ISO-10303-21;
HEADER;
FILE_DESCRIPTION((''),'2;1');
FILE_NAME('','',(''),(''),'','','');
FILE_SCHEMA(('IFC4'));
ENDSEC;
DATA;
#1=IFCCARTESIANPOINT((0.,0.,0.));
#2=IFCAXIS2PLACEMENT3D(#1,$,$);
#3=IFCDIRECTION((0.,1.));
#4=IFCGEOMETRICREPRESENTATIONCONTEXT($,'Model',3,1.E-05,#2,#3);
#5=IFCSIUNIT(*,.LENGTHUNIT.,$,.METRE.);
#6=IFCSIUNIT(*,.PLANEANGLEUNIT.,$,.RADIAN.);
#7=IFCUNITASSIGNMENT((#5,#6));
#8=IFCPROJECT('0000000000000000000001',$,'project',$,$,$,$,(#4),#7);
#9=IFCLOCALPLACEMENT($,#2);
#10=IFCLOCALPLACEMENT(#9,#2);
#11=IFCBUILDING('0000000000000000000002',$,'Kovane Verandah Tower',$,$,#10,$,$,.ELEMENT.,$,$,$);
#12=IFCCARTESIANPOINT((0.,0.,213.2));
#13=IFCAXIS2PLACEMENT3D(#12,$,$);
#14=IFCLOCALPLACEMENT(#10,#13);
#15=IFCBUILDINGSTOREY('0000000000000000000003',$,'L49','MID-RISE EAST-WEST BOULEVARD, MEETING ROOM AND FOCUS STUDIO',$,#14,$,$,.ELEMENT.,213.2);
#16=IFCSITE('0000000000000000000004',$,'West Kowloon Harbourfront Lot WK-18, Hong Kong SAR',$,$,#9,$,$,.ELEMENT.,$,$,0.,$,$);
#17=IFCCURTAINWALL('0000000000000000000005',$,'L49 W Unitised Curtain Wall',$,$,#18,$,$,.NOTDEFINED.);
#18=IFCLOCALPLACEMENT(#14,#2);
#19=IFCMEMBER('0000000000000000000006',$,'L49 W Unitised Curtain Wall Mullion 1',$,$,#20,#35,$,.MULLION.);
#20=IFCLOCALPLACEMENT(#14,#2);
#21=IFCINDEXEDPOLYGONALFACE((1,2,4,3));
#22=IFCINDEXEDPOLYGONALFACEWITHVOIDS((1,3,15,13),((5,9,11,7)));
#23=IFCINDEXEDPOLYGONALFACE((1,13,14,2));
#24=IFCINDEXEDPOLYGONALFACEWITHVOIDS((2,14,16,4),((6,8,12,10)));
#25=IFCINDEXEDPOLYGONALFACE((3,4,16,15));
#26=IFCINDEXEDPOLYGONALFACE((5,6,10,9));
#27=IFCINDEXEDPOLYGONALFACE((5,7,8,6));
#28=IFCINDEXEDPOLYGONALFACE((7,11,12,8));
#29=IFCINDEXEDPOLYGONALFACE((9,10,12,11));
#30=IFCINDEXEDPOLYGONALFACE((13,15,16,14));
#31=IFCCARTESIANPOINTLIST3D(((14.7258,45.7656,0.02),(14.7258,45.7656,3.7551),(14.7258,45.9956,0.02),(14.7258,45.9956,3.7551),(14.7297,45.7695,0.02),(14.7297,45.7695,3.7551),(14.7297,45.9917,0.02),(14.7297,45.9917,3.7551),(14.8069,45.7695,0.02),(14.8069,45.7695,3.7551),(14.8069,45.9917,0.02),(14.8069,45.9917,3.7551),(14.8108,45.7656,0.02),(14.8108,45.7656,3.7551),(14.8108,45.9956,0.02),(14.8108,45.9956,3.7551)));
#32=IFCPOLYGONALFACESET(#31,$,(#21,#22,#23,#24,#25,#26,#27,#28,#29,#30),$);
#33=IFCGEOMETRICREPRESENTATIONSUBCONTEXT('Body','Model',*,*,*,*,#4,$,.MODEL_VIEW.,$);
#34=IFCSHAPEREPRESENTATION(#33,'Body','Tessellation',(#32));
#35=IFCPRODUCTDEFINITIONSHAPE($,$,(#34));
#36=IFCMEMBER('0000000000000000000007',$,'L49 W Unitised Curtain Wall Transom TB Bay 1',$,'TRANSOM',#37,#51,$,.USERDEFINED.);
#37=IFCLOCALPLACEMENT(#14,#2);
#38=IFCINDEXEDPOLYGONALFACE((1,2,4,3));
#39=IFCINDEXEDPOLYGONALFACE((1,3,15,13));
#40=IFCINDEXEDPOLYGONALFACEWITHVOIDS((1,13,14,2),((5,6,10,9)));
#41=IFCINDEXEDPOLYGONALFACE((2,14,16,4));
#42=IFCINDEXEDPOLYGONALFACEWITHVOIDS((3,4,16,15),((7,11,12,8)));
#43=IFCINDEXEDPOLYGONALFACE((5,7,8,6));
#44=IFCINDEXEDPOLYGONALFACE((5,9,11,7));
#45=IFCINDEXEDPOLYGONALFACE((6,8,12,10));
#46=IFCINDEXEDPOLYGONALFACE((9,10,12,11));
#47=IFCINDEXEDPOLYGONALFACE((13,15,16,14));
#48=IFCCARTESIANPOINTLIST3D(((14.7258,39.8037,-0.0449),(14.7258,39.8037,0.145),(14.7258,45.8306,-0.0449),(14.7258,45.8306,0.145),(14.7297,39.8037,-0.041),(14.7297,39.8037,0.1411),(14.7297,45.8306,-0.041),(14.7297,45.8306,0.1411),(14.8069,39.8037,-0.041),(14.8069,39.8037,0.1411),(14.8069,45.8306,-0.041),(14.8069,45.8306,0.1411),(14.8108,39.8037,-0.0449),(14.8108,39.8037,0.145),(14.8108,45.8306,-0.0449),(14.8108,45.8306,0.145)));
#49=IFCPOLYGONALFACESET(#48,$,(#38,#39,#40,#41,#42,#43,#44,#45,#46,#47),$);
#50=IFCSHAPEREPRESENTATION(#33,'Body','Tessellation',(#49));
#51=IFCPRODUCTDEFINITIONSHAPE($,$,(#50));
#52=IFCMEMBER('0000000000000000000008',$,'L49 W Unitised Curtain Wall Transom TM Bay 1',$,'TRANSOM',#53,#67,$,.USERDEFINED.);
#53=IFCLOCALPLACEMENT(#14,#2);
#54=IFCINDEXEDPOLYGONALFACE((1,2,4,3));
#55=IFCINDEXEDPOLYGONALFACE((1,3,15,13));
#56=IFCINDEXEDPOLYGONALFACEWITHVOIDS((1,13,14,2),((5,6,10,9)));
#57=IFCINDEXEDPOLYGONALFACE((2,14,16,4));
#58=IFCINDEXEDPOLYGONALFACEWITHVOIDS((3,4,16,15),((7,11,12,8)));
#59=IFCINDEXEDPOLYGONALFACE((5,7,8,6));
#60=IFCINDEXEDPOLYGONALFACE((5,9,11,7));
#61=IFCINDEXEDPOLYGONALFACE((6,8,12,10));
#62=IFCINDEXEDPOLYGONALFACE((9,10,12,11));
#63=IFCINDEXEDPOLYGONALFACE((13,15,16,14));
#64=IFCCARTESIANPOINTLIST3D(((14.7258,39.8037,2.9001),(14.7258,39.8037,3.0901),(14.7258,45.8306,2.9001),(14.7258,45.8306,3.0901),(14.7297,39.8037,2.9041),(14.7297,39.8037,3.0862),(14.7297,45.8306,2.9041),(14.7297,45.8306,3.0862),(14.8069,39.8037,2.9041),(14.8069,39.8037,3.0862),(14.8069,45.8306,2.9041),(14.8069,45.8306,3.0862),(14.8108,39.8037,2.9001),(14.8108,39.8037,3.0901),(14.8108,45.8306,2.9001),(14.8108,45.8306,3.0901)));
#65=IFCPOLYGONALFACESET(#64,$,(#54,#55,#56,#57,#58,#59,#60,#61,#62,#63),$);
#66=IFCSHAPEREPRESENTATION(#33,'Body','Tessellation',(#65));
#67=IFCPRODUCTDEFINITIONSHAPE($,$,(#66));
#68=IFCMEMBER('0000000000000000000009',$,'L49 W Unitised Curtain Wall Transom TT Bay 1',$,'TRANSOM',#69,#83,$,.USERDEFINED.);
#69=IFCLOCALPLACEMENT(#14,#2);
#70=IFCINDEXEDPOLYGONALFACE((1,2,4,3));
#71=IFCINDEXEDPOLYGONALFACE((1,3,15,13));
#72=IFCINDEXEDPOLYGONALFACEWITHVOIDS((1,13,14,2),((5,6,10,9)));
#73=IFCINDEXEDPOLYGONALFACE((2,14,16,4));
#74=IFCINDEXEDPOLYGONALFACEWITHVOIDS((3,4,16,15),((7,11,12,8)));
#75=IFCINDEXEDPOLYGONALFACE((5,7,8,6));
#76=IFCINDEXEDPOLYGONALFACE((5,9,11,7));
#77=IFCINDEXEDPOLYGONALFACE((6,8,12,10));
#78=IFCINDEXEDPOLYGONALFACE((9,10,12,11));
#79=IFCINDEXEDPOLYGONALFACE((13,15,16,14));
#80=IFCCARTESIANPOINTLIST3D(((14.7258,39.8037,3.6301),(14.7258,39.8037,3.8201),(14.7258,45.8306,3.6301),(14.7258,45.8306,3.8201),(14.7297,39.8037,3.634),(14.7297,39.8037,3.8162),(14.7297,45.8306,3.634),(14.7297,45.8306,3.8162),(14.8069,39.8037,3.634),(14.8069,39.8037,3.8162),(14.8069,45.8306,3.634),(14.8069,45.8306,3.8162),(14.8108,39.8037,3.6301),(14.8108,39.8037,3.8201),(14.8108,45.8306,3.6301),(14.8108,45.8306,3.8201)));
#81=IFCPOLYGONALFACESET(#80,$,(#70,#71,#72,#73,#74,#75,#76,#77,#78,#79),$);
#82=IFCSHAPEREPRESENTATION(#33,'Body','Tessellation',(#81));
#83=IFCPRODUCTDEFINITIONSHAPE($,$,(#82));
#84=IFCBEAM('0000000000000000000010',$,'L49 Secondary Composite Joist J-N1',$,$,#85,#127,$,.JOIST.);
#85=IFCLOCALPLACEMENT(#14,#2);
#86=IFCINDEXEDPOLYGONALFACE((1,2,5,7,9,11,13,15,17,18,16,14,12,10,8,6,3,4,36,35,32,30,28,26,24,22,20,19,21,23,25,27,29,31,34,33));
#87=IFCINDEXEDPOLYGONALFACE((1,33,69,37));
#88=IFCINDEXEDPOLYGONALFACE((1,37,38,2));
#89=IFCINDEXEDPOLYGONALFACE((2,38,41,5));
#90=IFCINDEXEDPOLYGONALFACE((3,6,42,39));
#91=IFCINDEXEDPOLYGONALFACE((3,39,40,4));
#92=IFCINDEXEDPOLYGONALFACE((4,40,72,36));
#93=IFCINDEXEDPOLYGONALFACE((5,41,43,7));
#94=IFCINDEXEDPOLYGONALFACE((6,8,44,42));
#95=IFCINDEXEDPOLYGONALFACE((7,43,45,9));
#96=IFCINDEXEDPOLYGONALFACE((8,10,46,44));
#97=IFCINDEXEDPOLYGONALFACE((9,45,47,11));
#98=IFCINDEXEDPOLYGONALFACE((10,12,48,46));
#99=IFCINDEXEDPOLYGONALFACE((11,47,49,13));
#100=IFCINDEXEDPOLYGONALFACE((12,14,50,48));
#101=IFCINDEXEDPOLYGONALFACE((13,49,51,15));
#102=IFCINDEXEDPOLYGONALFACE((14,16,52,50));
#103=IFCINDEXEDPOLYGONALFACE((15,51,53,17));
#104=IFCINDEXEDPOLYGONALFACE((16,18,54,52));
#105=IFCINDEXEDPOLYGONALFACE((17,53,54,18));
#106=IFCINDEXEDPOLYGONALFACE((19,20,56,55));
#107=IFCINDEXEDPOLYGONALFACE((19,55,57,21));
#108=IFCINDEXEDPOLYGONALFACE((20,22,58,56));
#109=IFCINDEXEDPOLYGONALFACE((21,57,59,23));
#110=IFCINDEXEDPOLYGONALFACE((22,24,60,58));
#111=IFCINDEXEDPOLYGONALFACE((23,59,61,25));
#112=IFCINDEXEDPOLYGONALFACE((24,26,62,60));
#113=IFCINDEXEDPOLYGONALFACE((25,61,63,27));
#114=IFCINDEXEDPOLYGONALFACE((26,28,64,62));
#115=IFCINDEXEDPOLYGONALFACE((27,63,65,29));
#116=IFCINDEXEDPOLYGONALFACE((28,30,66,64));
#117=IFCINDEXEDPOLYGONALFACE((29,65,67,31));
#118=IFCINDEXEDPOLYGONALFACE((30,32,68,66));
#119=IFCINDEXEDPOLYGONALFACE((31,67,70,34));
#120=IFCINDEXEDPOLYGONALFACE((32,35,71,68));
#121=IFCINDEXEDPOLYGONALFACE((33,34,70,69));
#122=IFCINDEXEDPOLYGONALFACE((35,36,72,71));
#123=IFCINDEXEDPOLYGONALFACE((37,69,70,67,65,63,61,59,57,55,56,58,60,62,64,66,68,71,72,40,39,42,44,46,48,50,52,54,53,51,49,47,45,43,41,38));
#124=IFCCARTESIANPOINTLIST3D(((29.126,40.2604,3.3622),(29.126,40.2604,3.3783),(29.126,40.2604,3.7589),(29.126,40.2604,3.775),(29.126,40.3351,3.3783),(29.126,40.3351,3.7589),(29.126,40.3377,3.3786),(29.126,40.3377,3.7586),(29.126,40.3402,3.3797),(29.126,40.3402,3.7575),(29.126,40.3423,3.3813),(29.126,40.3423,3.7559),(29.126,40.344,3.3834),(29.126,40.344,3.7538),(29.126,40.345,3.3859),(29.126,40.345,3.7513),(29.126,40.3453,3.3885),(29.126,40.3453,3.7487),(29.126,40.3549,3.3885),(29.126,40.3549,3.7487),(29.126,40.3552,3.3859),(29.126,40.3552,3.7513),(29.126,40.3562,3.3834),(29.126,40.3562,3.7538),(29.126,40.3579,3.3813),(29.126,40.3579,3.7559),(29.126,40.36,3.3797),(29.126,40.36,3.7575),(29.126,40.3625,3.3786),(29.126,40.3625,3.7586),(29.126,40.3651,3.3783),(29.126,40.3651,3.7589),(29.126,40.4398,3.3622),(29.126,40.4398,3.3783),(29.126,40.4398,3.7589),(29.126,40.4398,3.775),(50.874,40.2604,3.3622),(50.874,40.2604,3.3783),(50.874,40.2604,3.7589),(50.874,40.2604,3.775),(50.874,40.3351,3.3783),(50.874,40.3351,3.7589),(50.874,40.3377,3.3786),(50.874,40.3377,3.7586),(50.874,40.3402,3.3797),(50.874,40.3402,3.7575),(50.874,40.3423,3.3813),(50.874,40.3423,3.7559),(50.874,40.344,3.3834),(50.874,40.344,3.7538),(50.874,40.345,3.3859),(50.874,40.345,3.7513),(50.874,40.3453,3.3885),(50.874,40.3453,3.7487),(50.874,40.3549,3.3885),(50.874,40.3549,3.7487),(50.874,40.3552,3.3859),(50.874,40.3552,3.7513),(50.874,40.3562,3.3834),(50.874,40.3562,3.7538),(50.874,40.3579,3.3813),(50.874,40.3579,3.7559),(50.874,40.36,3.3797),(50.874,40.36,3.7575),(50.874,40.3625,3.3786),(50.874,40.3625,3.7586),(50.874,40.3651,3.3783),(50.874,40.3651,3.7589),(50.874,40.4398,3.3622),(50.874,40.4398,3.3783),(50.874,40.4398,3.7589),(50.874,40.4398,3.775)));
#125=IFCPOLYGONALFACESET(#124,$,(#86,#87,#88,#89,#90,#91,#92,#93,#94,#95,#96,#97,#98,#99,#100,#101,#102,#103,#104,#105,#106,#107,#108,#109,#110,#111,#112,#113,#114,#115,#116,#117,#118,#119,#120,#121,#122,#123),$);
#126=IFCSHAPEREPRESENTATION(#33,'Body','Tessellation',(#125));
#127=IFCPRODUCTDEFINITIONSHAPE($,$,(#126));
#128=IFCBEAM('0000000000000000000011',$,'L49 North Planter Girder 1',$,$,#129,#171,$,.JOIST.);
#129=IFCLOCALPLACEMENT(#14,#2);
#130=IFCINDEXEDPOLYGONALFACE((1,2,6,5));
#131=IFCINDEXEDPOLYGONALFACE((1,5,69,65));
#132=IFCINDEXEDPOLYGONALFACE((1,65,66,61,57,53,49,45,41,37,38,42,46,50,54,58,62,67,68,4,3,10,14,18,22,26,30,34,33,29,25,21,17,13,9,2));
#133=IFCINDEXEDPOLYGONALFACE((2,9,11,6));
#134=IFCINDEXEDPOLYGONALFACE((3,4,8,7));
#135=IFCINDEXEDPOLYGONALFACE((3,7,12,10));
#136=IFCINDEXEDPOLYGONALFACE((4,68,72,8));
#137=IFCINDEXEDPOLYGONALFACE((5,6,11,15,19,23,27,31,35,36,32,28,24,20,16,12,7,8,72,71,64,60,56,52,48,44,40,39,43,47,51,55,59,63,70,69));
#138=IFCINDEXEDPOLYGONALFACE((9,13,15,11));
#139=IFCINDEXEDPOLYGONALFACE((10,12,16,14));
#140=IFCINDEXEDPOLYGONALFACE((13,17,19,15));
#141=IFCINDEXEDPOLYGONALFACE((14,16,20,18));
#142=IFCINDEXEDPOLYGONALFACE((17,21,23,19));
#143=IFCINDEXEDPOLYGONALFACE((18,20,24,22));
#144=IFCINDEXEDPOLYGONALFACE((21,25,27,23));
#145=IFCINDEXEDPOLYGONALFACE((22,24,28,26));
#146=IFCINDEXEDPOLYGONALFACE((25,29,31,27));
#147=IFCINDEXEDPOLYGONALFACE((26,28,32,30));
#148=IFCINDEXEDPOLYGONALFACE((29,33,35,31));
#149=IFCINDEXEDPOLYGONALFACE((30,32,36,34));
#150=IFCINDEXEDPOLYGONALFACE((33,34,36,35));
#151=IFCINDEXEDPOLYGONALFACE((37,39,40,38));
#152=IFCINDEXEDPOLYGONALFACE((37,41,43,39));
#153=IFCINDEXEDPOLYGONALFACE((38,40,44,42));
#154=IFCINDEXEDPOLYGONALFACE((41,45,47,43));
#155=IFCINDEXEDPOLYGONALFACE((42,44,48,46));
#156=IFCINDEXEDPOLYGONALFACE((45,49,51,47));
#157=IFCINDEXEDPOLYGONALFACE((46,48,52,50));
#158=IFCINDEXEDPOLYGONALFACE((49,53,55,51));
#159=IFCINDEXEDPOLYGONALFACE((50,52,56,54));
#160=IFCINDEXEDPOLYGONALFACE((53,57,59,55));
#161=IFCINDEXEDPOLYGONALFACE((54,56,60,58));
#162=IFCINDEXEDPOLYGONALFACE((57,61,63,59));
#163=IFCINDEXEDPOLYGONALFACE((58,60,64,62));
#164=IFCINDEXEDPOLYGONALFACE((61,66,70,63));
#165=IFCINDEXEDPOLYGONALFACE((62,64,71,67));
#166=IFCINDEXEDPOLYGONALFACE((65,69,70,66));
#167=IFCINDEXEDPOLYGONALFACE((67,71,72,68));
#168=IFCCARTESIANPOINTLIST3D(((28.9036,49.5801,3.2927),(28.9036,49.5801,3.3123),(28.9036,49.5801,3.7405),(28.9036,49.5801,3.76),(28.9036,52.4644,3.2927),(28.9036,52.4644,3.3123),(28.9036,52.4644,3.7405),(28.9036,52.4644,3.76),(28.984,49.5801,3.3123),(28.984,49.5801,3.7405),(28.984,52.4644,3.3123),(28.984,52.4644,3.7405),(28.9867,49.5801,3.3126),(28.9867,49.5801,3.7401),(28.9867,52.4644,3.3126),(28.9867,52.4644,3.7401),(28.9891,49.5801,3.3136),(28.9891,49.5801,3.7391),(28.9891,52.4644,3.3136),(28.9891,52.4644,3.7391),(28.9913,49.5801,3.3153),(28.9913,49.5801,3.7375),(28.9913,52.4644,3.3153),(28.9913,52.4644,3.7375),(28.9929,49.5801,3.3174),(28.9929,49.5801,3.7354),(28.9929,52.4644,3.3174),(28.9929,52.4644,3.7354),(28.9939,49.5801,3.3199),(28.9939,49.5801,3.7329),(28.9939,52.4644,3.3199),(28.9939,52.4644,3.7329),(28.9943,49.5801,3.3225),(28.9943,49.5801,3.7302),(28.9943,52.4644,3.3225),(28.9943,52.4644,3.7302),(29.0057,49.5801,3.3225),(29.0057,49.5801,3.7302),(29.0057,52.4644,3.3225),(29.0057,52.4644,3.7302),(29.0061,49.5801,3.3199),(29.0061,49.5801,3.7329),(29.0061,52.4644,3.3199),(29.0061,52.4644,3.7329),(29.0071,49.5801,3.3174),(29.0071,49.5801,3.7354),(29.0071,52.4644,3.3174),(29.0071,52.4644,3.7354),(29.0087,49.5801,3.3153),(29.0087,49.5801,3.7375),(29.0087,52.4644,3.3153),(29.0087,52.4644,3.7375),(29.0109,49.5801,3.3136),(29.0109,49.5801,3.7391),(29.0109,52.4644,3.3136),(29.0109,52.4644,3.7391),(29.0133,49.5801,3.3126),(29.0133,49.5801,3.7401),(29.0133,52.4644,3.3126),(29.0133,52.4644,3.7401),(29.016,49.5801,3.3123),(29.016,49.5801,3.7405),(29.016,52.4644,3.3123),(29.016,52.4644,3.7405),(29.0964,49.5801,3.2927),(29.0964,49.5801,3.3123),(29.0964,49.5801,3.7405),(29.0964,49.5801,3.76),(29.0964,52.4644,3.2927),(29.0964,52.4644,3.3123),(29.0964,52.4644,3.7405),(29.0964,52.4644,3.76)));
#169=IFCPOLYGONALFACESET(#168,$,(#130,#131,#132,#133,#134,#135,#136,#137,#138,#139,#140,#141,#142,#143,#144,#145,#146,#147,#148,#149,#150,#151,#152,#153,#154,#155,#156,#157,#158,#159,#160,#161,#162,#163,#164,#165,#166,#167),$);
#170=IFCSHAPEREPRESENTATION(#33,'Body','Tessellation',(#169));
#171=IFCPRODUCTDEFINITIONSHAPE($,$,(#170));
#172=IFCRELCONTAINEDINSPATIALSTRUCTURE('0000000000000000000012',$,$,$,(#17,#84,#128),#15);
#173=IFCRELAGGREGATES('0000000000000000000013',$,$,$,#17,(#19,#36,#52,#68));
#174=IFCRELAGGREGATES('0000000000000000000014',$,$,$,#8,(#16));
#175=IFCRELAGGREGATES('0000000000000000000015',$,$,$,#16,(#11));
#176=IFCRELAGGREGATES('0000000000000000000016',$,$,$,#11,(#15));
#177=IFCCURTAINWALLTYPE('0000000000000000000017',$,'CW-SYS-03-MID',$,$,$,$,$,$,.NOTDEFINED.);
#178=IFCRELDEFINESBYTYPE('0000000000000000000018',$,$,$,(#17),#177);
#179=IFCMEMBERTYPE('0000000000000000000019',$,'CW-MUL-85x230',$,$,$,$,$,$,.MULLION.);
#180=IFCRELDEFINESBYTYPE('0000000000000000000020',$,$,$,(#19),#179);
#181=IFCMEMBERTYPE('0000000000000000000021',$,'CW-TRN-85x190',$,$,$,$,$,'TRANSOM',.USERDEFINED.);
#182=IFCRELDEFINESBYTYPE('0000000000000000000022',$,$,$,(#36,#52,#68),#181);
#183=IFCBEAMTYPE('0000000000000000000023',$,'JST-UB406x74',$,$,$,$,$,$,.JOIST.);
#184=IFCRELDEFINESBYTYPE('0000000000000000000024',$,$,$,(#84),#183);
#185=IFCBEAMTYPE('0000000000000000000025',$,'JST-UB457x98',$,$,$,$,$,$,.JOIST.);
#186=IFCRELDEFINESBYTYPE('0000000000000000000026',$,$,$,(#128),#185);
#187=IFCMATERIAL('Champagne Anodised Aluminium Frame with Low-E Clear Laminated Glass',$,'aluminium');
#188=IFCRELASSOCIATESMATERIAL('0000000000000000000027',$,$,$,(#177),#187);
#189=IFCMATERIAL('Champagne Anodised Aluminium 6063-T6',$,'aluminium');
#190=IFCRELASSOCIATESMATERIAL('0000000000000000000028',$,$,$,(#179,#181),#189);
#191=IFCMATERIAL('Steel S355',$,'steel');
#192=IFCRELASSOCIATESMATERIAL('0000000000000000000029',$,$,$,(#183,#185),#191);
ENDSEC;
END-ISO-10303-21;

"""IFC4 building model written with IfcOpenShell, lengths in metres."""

from ifc_helpers import new_model, si_unit, direction, frame, origin, origin_2d, place, context, subcontext, project, spatial, hollow_rectangle, i_section, extrude, material, material_profile, profile_set, type_object, element, aggregate, save


model = new_model("IFC4")

# Units and contexts
model_context = context("Model", 3, precision=1e-05, world=origin(), true_north=direction((0.0, 1.0)))
body_context = subcontext(model_context, "Body", "Model", "MODEL_VIEW")
ifc_project = project(units=[si_unit("LENGTHUNIT", "METRE"), si_unit("PLANEANGLEUNIT", "RADIAN")], contexts=[model_context])

# Site, building, storey
site_placement = place(None, origin())
site = spatial("IfcSite", under=ifc_project, at=site_placement, Name="West Kowloon Harbourfront Lot WK-18, Hong Kong SAR", CompositionType="ELEMENT", RefElevation=0.0)
building_placement = place(site_placement, origin())
building = spatial("IfcBuilding", under=site, at=building_placement, Name="Kovane Verandah Tower", CompositionType="ELEMENT")
storey_placement = place(building_placement, frame((0.0, 0.0, 213.2)))
storey = spatial("IfcBuildingStorey", under=building, at=storey_placement, Name="L49", Description="MID-RISE EAST-WEST BOULEVARD, MEETING ROOM AND FOCUS STUDIO", CompositionType="ELEMENT", Elevation=213.2)

# Shared definitions
ifc_material_1 = material(Name="Steel S355", Category="steel")

# Curtain wall, members
ifc_material_2 = material(Name="Champagne Anodised Aluminium Frame with Low-E Clear Laminated Glass", Category="aluminium")
curtain_wall_type = type_object("IfcCurtainWallType", Name="CW-SYS-03-MID", PredefinedType="NOTDEFINED", material=ifc_material_2)
curtain_wall_placement = place(storey_placement, origin())
curtain_wall = element("IfcCurtainWall", 1, at=curtain_wall_placement, inside=storey, type_object=curtain_wall_type, Name="L49 W Unitised Curtain Wall", PredefinedType="NOTDEFINED")
ifc_material_3 = material(Name="Champagne Anodised Aluminium 6063-T6", Category="aluminium")
ifc_material_profile_1 = material_profile(ifc_material_3, hollow_rectangle(XDim=0.085, YDim=0.23, WallThickness=0.0039, at=origin_2d()), Name="AL85x230x4")
ifc_profile_set_1 = profile_set([ifc_material_profile_1], Name="Champagne Anodised Aluminium 6063-T6")
member_type_1 = type_object("IfcMemberType", Name="CW-MUL-85x230", PredefinedType="MULLION", material=ifc_profile_set_1)
member_1_placement = place(storey_placement, frame((14.7683, 45.8806, 0.02), z_axis=(0.0, 0.0, 1.0), x_axis=(-1.0, 0.0, 0.0)))
member_1 = element("IfcMember", 2, at=member_1_placement, type_object=member_type_1, Name="L49 W Unitised Curtain Wall Mullion 1", PredefinedType="MULLION", context=body_context, shape_type="SweptSolid", body=[
    extrude(hollow_rectangle(XDim=0.085, YDim=0.23, WallThickness=0.0039, at=origin_2d()), origin(), (0.0, 0.0, 1.0), 3.7351),
])
ifc_material_profile_2 = material_profile(ifc_material_3, hollow_rectangle(XDim=0.085, YDim=0.1899, WallThickness=0.0039, at=origin_2d()), Name="AL85x190x4")
ifc_profile_set_2 = profile_set([ifc_material_profile_2], Name="Champagne Anodised Aluminium 6063-T6")
member_type_2 = type_object("IfcMemberType", Name="CW-TRN-85x190", ElementType="TRANSOM", PredefinedType="USERDEFINED", material=ifc_profile_set_2)
member_2_placement = place(storey_placement, frame((14.7683, 45.8306, 0.05), z_axis=(0.0, -1.0, 0.0), x_axis=(1.0, 0.0, 0.0)))
member_2 = element("IfcMember", 3, at=member_2_placement, type_object=member_type_2, Name="L49 W Unitised Curtain Wall Transom TB Bay 1", ObjectType="TRANSOM", PredefinedType="USERDEFINED", context=body_context, shape_type="SweptSolid", body=[
    extrude(hollow_rectangle(XDim=0.085, YDim=0.1899, WallThickness=0.0039, at=origin_2d()), origin(), (0.0, 0.0, 1.0), 6.0269),
])
member_3_placement = place(storey_placement, frame((14.7683, 45.8306, 2.9951), z_axis=(0.0, -1.0, 0.0), x_axis=(1.0, 0.0, 0.0)))
member_3 = element("IfcMember", 4, at=member_3_placement, type_object=member_type_2, Name="L49 W Unitised Curtain Wall Transom TM Bay 1", ObjectType="TRANSOM", PredefinedType="USERDEFINED", context=body_context, shape_type="SweptSolid", body=[
    extrude(hollow_rectangle(XDim=0.085, YDim=0.1899, WallThickness=0.0039, at=origin_2d()), origin(), (0.0, 0.0, 1.0), 6.0269),
])
member_4_placement = place(storey_placement, frame((14.7683, 45.8306, 3.7251), z_axis=(0.0, -1.0, 0.0), x_axis=(1.0, 0.0, 0.0)))
member_4 = element("IfcMember", 5, at=member_4_placement, type_object=member_type_2, Name="L49 W Unitised Curtain Wall Transom TT Bay 1", ObjectType="TRANSOM", PredefinedType="USERDEFINED", context=body_context, shape_type="SweptSolid", body=[
    extrude(hollow_rectangle(XDim=0.085, YDim=0.1899, WallThickness=0.0039, at=origin_2d()), origin(), (0.0, 0.0, 1.0), 6.0269),
])

# Beams
ifc_material_profile_3 = material_profile(ifc_material_1, i_section(OverallWidth=0.1794, OverallDepth=0.4128, WebThickness=0.0095, FlangeThickness=0.0161, FilletRadius=0.0103, at=origin_2d()), Name="UB406x178x74")
ifc_profile_set_3 = profile_set([ifc_material_profile_3], Name="Steel S355")
beam_type_1 = type_object("IfcBeamType", Name="JST-UB406x74", PredefinedType="JOIST", material=ifc_profile_set_3)
beam_1_placement = place(storey_placement, frame((29.126, 40.3501, 3.5686), z_axis=(1.0, 0.0, 0.0), x_axis=(0.0, 1.0, 0.0)))
element("IfcBeam", 6, at=beam_1_placement, inside=storey, type_object=beam_type_1, Name="L49 Secondary Composite Joist J-N1", PredefinedType="JOIST", context=body_context, shape_type="SweptSolid", body=[
    extrude(i_section(OverallWidth=0.1794, OverallDepth=0.4128, WebThickness=0.0095, FlangeThickness=0.0161, FilletRadius=0.0103, at=origin_2d()), origin(), (0.0, 0.0, 1.0), 21.748),
])
ifc_material_profile_4 = material_profile(ifc_material_1, i_section(OverallWidth=0.1929, OverallDepth=0.4673, WebThickness=0.0115, FlangeThickness=0.0195, FilletRadius=0.0103, at=origin_2d()), Name="UB457x191x98")
ifc_profile_set_4 = profile_set([ifc_material_profile_4], Name="Steel S355")
beam_type_2 = type_object("IfcBeamType", Name="JST-UB457x98", PredefinedType="JOIST", material=ifc_profile_set_4)
beam_2_placement = place(storey_placement, frame((29.0, 49.5801, 3.5264), z_axis=(0.0, 1.0, 0.0), x_axis=(-1.0, 0.0, 0.0)))
element("IfcBeam", 7, at=beam_2_placement, inside=storey, type_object=beam_type_2, Name="L49 North Planter Girder 1", PredefinedType="JOIST", context=body_context, shape_type="SweptSolid", body=[
    extrude(i_section(OverallWidth=0.1929, OverallDepth=0.4673, WebThickness=0.0115, FlangeThickness=0.0195, FilletRadius=0.0103, at=origin_2d()), origin(), (0.0, 0.0, 1.0), 2.8843),
])

aggregate(curtain_wall, [member_1, member_2, member_3, member_4])

save(model, "model.ifc")
